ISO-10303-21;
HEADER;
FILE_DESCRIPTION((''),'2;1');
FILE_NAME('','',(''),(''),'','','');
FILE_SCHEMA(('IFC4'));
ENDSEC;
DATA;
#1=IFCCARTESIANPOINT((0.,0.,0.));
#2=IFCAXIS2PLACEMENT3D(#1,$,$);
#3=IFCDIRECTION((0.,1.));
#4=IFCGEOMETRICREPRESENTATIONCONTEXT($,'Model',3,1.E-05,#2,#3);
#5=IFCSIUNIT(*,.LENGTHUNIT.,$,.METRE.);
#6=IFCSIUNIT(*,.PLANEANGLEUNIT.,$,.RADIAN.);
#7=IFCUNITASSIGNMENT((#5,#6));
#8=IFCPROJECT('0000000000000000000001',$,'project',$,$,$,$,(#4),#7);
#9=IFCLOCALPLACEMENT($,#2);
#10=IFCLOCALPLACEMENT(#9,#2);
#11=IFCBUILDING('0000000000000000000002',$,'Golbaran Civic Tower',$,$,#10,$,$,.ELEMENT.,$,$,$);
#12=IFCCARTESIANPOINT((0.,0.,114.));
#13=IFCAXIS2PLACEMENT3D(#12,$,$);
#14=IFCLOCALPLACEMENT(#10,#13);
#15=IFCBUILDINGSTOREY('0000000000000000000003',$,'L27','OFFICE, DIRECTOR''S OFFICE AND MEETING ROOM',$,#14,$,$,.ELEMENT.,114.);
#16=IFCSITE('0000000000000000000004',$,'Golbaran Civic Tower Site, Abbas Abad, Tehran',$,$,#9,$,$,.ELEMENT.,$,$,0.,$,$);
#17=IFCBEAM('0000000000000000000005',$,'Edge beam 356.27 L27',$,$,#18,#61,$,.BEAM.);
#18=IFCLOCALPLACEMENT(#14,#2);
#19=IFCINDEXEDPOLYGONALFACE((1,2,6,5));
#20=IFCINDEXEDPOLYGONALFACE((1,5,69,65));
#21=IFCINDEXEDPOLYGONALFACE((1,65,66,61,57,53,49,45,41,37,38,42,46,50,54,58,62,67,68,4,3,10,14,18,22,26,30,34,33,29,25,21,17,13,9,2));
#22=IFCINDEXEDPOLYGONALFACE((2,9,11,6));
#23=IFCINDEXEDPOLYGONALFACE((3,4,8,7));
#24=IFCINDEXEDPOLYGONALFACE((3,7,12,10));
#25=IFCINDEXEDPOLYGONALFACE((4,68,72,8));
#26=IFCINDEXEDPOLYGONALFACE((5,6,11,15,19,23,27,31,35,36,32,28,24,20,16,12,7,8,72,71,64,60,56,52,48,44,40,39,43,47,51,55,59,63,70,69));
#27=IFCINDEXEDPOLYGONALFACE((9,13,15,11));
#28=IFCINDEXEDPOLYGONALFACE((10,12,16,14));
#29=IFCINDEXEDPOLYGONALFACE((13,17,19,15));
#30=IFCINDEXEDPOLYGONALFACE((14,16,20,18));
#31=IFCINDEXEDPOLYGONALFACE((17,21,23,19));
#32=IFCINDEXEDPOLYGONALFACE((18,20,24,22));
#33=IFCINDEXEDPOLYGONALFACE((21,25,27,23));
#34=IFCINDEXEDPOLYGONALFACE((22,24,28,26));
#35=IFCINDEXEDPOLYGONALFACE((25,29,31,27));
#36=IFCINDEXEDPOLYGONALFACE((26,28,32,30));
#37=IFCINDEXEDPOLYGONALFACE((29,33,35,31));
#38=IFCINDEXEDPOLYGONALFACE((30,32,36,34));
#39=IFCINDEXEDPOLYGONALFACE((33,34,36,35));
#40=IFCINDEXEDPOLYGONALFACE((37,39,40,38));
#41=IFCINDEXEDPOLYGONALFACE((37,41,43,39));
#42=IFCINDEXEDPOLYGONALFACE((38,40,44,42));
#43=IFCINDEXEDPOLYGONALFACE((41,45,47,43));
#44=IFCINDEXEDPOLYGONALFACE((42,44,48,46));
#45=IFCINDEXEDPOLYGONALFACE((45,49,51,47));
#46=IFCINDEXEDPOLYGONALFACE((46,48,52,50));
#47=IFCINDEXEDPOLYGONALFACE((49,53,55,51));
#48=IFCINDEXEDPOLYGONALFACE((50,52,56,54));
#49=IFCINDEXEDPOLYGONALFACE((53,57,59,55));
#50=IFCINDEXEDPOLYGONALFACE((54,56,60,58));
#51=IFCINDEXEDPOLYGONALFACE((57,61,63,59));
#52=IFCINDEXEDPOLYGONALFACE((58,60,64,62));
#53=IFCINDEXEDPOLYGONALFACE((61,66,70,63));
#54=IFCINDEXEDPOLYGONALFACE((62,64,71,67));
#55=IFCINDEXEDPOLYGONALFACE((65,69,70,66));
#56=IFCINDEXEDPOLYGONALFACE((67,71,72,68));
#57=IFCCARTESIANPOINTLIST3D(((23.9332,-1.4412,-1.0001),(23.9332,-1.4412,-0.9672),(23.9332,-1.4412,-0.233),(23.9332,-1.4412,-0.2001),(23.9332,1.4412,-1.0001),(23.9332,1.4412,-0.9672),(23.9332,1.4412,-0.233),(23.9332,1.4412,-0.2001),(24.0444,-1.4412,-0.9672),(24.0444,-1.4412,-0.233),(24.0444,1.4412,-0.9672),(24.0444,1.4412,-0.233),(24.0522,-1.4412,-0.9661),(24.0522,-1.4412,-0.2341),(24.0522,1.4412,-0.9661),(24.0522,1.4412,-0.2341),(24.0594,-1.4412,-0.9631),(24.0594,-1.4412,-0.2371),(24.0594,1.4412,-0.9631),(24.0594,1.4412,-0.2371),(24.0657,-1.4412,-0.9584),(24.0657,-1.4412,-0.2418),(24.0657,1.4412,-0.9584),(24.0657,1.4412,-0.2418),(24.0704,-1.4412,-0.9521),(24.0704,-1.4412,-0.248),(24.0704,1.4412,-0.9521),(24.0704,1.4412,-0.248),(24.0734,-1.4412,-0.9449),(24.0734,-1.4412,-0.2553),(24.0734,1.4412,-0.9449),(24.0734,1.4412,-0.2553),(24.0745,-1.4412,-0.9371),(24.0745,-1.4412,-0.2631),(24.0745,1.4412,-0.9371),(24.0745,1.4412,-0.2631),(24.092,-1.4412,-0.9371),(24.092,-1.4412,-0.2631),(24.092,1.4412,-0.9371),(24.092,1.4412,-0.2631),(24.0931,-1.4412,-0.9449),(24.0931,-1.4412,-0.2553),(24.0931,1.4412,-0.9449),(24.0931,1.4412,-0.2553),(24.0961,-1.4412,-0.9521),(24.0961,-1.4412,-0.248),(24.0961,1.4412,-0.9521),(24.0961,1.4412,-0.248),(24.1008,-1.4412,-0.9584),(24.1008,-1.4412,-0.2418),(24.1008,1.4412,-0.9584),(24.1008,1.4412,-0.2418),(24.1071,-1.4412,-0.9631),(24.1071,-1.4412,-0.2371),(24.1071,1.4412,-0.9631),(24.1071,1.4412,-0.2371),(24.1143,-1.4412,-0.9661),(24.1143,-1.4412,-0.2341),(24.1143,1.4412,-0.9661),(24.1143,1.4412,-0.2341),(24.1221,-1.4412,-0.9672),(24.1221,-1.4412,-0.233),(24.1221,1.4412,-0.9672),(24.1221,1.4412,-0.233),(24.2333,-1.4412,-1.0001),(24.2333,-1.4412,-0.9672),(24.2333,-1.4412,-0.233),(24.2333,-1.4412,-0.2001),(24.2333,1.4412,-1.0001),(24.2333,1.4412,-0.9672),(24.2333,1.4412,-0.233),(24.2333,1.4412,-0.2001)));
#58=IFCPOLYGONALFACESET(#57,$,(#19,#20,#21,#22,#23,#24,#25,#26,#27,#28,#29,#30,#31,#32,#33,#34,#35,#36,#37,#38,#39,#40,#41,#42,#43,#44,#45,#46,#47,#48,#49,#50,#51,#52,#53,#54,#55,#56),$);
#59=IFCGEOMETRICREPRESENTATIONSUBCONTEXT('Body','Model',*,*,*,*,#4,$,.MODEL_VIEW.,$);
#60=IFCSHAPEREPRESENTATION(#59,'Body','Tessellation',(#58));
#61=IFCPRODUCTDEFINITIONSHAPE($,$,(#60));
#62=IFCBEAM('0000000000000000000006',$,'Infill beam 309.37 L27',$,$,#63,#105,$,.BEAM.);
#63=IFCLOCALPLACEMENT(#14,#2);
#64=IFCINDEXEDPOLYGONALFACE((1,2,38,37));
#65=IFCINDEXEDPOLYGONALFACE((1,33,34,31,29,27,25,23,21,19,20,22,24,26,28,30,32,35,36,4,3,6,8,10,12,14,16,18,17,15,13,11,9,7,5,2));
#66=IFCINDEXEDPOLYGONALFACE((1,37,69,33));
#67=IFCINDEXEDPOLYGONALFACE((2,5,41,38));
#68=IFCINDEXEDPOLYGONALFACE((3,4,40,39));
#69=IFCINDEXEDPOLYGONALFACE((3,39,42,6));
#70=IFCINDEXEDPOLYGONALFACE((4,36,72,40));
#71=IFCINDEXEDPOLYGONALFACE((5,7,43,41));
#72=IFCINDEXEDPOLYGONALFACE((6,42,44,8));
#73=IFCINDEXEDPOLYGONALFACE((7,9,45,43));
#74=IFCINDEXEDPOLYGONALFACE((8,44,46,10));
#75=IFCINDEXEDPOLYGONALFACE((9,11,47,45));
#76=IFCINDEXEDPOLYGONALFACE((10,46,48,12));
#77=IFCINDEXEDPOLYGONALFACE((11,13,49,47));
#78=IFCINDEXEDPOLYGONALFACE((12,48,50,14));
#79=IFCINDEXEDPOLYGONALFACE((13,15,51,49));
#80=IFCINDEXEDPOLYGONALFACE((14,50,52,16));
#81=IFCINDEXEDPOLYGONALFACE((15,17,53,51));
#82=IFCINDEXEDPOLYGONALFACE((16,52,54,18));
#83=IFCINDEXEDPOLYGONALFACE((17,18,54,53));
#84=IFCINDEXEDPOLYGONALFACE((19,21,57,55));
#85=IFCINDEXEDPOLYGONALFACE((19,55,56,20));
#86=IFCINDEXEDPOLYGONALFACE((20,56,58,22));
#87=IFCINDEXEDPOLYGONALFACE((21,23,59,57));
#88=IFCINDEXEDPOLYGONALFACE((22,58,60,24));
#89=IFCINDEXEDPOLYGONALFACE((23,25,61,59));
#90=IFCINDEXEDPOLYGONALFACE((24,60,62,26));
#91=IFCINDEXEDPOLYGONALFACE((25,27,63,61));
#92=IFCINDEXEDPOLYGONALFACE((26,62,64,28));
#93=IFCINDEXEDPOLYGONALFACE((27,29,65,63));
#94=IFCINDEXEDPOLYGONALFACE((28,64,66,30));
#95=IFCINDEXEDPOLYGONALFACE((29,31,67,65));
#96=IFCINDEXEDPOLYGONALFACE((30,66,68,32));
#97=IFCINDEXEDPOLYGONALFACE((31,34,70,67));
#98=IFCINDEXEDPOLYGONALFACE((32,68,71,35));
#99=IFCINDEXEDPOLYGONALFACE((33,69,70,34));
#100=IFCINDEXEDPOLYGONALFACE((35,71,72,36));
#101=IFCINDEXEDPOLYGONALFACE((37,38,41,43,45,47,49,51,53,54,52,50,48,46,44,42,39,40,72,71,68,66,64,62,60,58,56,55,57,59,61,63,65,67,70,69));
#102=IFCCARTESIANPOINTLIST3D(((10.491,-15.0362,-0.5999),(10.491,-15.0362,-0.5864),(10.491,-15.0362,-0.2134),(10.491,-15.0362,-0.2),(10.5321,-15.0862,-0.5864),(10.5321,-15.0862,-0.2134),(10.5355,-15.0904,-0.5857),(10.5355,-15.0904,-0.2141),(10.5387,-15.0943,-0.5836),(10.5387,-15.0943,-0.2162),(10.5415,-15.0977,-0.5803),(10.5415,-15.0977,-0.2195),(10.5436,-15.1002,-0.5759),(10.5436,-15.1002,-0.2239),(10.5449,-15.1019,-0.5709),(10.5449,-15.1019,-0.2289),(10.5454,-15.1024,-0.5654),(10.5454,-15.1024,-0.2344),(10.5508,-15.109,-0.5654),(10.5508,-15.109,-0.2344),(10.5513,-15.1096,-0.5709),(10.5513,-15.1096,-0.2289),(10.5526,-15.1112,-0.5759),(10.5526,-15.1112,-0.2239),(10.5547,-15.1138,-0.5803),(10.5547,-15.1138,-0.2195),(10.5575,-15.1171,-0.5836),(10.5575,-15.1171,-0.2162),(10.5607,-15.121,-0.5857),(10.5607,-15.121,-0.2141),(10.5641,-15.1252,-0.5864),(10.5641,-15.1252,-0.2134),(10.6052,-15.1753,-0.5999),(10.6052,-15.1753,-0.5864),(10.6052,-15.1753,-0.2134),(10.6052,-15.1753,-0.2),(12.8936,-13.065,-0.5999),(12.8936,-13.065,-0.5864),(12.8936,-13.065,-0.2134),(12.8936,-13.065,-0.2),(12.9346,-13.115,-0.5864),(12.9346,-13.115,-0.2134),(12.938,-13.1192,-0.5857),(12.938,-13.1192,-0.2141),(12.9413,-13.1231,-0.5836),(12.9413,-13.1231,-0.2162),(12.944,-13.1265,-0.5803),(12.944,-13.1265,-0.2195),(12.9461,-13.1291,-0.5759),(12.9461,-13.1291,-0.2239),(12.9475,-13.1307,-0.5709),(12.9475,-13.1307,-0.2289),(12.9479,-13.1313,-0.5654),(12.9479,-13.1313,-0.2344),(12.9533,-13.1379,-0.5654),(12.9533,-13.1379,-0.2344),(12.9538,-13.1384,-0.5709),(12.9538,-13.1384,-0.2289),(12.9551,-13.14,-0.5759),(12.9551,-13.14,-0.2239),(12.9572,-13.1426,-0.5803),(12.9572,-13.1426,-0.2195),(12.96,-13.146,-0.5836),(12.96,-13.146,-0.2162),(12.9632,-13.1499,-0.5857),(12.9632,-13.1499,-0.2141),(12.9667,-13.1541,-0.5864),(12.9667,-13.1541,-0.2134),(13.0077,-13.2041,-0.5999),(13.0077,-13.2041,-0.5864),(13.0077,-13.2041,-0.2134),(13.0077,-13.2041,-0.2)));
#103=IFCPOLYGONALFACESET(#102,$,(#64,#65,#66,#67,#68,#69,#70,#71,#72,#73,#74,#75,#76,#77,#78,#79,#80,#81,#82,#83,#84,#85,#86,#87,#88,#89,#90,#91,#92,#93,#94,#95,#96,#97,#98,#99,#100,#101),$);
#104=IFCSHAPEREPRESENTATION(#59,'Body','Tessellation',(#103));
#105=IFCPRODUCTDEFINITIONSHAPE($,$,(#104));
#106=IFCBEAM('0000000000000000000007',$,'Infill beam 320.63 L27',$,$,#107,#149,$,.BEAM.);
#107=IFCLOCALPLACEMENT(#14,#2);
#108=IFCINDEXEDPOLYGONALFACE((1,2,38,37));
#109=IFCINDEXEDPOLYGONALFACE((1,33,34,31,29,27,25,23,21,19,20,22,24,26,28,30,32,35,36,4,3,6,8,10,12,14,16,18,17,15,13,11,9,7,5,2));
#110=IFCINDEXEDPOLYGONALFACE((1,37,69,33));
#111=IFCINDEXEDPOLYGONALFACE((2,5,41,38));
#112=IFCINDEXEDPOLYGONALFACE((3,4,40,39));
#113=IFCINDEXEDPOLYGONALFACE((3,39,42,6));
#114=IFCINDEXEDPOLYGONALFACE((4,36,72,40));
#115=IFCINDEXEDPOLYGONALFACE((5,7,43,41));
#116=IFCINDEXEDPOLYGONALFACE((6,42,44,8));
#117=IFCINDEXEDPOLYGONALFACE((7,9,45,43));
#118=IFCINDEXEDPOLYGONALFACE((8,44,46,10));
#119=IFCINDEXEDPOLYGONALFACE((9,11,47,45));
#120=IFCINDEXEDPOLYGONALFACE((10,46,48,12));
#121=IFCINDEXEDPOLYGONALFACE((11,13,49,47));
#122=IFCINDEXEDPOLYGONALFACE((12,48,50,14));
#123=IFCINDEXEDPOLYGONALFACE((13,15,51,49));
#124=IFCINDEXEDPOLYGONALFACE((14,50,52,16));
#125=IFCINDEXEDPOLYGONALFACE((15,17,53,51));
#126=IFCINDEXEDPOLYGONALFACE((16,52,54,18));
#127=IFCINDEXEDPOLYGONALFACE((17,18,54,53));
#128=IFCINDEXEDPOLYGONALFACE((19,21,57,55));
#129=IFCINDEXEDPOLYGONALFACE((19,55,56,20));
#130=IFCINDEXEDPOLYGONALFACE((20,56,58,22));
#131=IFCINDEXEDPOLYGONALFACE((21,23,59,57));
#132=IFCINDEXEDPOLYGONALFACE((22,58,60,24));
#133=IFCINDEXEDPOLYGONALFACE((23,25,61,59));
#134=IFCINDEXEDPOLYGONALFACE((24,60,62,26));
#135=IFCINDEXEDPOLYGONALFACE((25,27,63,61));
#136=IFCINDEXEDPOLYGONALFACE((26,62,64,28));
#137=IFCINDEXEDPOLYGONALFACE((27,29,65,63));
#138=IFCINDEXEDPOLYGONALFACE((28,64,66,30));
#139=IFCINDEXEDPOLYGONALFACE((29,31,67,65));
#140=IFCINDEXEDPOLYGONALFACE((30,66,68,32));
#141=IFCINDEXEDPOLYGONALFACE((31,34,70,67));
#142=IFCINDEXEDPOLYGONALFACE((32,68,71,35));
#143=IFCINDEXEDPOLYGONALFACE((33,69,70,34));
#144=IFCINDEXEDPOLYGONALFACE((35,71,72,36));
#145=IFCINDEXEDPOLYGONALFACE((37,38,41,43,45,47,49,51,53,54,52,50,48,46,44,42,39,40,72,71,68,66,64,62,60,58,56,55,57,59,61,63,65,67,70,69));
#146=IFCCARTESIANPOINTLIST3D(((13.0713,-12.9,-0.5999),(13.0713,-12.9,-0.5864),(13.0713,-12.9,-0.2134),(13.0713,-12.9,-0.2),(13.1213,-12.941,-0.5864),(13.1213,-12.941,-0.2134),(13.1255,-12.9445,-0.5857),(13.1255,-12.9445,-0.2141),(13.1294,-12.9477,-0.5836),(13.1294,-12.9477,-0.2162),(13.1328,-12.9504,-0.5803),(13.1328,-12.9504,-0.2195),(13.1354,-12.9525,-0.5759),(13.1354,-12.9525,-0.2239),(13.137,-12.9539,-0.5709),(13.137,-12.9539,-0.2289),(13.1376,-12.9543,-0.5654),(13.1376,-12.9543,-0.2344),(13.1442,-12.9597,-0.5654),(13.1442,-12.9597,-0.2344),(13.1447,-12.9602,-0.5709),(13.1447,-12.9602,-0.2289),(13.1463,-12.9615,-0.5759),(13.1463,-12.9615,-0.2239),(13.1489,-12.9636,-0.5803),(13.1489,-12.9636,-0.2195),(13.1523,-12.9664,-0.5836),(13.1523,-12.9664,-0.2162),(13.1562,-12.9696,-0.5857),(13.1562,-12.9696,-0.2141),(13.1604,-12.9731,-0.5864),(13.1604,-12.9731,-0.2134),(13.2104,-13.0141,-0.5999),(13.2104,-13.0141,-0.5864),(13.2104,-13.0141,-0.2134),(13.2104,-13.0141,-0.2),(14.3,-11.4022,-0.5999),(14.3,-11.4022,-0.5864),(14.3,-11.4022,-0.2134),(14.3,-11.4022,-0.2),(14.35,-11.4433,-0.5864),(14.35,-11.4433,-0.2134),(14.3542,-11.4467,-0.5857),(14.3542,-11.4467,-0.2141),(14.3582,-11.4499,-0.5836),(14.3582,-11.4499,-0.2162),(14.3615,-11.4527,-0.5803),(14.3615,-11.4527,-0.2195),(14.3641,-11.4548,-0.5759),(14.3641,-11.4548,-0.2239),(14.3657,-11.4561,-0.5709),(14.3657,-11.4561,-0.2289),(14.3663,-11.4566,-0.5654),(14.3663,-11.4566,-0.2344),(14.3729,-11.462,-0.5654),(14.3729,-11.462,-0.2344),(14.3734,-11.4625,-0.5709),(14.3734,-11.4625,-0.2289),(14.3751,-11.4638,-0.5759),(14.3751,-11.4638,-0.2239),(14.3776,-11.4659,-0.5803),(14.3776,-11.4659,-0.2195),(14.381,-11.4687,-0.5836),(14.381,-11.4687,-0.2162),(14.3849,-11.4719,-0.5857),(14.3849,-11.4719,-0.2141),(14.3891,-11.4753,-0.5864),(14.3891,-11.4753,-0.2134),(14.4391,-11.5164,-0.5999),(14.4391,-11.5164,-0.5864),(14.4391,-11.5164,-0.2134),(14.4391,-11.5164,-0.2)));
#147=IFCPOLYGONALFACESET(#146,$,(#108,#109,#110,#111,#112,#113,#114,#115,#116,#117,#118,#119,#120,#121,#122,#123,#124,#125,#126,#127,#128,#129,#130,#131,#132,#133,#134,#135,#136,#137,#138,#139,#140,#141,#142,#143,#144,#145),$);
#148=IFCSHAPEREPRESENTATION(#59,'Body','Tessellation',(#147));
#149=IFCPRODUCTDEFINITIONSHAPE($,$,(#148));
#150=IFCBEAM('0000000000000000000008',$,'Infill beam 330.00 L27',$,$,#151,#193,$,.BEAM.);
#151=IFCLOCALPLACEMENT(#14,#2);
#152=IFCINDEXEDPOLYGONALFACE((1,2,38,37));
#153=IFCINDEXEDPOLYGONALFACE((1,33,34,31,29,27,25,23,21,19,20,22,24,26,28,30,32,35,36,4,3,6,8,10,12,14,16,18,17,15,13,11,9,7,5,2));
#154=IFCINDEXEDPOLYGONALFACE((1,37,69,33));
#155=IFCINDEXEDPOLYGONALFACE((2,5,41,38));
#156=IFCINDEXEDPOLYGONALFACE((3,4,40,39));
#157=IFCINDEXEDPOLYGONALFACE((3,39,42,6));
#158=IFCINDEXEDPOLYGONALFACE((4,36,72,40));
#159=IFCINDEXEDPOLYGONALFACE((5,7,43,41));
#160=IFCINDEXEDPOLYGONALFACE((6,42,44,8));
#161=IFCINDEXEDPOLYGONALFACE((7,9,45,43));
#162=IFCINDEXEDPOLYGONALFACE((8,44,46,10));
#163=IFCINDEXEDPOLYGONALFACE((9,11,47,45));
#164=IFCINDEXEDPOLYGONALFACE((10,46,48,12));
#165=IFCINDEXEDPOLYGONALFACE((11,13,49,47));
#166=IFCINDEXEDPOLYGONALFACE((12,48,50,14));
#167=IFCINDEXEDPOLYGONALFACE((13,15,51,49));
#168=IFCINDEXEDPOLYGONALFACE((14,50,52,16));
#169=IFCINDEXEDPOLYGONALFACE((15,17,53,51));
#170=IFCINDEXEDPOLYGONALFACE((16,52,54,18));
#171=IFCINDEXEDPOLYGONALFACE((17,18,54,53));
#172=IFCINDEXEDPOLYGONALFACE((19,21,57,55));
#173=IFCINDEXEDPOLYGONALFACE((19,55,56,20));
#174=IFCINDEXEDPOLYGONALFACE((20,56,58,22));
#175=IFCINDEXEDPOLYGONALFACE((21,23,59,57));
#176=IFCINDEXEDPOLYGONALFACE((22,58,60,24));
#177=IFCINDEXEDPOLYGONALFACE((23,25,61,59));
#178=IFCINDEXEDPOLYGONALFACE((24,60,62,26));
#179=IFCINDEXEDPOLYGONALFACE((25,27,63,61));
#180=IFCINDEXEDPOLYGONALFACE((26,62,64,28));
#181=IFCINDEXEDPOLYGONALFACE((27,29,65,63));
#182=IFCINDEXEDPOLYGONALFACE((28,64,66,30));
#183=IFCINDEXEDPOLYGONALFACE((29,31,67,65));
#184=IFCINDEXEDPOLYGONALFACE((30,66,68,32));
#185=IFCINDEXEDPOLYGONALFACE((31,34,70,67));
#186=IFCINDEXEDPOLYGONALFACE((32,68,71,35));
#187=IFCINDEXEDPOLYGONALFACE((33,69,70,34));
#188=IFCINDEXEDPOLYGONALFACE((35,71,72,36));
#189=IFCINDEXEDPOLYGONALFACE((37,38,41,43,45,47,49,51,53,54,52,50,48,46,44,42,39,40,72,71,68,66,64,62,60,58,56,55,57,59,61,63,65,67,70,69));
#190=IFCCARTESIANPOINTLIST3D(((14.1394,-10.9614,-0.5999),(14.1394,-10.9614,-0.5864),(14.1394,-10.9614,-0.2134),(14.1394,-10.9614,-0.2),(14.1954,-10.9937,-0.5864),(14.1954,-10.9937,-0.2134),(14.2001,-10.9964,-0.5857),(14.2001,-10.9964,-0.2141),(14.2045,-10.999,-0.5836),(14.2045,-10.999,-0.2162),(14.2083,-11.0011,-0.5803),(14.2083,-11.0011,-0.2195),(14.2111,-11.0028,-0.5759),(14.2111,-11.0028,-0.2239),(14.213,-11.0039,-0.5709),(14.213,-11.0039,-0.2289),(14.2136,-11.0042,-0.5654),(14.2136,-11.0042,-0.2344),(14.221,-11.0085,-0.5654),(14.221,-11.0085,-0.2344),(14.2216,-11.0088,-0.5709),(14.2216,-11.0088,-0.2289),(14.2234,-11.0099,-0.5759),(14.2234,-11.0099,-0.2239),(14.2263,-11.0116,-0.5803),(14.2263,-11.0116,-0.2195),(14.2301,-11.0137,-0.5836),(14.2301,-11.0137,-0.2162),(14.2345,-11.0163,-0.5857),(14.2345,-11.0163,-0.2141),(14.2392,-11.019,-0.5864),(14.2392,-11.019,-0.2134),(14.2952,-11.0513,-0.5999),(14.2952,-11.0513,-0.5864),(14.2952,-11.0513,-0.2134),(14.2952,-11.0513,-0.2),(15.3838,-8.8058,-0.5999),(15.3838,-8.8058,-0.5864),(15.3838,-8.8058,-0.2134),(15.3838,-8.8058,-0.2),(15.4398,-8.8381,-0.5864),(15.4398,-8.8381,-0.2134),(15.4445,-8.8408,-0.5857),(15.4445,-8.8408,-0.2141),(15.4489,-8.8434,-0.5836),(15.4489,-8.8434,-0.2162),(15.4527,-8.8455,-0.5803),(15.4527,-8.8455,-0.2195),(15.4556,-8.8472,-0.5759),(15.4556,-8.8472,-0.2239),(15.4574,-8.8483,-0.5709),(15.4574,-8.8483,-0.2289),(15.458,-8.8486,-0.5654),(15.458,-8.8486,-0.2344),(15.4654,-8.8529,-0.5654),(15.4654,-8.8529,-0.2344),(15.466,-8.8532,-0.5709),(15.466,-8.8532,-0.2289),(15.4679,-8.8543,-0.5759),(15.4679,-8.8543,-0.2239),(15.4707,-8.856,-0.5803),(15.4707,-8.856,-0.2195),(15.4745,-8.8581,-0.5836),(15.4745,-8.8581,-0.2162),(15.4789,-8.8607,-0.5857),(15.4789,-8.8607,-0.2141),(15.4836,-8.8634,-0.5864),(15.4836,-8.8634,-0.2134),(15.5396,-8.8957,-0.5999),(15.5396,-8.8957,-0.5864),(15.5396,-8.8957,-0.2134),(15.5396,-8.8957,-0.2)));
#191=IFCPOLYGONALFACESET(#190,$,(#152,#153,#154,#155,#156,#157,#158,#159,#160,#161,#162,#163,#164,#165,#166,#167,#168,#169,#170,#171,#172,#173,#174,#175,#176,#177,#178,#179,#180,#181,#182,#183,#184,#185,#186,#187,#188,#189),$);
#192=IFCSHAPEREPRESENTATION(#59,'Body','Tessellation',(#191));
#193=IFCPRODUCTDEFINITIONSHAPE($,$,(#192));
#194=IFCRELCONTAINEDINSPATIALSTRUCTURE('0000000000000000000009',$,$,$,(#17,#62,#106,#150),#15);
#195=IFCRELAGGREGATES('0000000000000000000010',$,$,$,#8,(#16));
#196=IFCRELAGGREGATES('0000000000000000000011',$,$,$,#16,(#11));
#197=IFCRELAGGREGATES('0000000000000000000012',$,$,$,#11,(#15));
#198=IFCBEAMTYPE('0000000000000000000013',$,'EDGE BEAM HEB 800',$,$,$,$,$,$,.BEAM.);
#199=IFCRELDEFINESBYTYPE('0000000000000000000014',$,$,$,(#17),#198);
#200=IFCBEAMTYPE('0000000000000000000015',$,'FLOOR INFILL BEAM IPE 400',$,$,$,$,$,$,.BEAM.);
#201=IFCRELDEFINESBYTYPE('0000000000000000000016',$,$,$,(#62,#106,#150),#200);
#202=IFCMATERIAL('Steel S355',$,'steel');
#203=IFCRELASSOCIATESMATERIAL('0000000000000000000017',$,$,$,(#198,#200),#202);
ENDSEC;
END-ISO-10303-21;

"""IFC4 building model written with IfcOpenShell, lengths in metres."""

from ifc_helpers import new_model, si_unit, direction, frame, origin, origin_2d, place, context, subcontext, project, spatial, i_section, extrude, material, material_profile, profile_set, type_object, element, save


model = new_model("IFC4")

# Units and contexts
model_context = context("Model", 3, precision=1e-05, world=origin(), true_north=direction((0.0, 1.0)))
body_context = subcontext(model_context, "Body", "Model", "MODEL_VIEW")
ifc_project = project(units=[si_unit("LENGTHUNIT", "METRE"), si_unit("PLANEANGLEUNIT", "RADIAN")], contexts=[model_context])

# Site, building, storey
site_placement = place(None, origin())
site = spatial("IfcSite", under=ifc_project, at=site_placement, Name="Golbaran Civic Tower Site, Abbas Abad, Tehran", CompositionType="ELEMENT", RefElevation=0.0)
building_placement = place(site_placement, origin())
building = spatial("IfcBuilding", under=site, at=building_placement, Name="Golbaran Civic Tower", CompositionType="ELEMENT")
storey_placement = place(building_placement, frame((0.0, 0.0, 114.0)))
storey = spatial("IfcBuildingStorey", under=building, at=storey_placement, Name="L27", Description="OFFICE, DIRECTOR'S OFFICE AND MEETING ROOM", CompositionType="ELEMENT", Elevation=114.0)

# Beams
ifc_material_1 = material(Name="Steel S355", Category="steel")
ifc_material_profile_1 = material_profile(ifc_material_1, i_section(OverallWidth=0.3, OverallDepth=0.8, WebThickness=0.0176, FlangeThickness=0.033, FilletRadius=0.03, at=origin_2d()), Name="HEB 800")
ifc_profile_set_1 = profile_set([ifc_material_profile_1], Name="Steel S355")
beam_type_1 = type_object("IfcBeamType", Name="EDGE BEAM HEB 800", PredefinedType="BEAM", material=ifc_profile_set_1)
beam_1_placement = place(storey_placement, frame((24.0833, -1.4412, -0.6001), z_axis=(0.0, 1.0, 0.0), x_axis=(-1.0, 0.0, 0.0)))
element("IfcBeam", 1, at=beam_1_placement, inside=storey, type_object=beam_type_1, Name="Edge beam 356.27 L27", PredefinedType="BEAM", context=body_context, shape_type="SweptSolid", body=[
    extrude(i_section(OverallWidth=0.3, OverallDepth=0.8, WebThickness=0.0176, FlangeThickness=0.033, FilletRadius=0.03, at=origin_2d()), origin(), (0.0, 0.0, 1.0), 2.8823),
])
ifc_material_profile_2 = material_profile(ifc_material_1, i_section(OverallWidth=0.1799, OverallDepth=0.3999, WebThickness=0.0085, FlangeThickness=0.0134, FilletRadius=0.021, at=origin_2d()), Name="IPE 400")
ifc_profile_set_2 = profile_set([ifc_material_profile_2], Name="Steel S355")
beam_type_2 = type_object("IfcBeamType", Name="FLOOR INFILL BEAM IPE 400", PredefinedType="BEAM", material=ifc_profile_set_2)
beam_2_placement = place(storey_placement, frame((10.5481, -15.1057, -0.3999), z_axis=(0.773099, 0.634285, 0.0), x_axis=(-0.634285, 0.773099, 0.0)))
element("IfcBeam", 2, at=beam_2_placement, inside=storey, type_object=beam_type_2, Name="Infill beam 309.37 L27", PredefinedType="BEAM", context=body_context, shape_type="SweptSolid", body=[
    extrude(i_section(OverallWidth=0.1799, OverallDepth=0.3999, WebThickness=0.0085, FlangeThickness=0.0134, FilletRadius=0.021, at=origin_2d()), origin(), (0.0, 0.0, 1.0), 3.1077),
])
beam_3_placement = place(storey_placement, frame((13.1409, -12.957, -0.3999), z_axis=(0.634253, 0.773126, 0.0), x_axis=(-0.773126, 0.634253, 0.0)))
element("IfcBeam", 3, at=beam_3_placement, inside=storey, type_object=beam_type_2, Name="Infill beam 320.63 L27", PredefinedType="BEAM", context=body_context, shape_type="SweptSolid", body=[
    extrude(i_section(OverallWidth=0.1799, OverallDepth=0.3999, WebThickness=0.0085, FlangeThickness=0.0134, FilletRadius=0.021, at=origin_2d()), origin(), (0.0, 0.0, 1.0), 1.9373),
])
beam_4_placement = place(storey_placement, frame((14.2173, -11.0063, -0.3999), z_axis=(0.499969, 0.866043, 0.0), x_axis=(-0.866043, 0.499969, 0.0)))
element("IfcBeam", 4, at=beam_4_placement, inside=storey, type_object=beam_type_2, Name="Infill beam 330.00 L27", PredefinedType="BEAM", context=body_context, shape_type="SweptSolid", body=[
    extrude(i_section(OverallWidth=0.1799, OverallDepth=0.3999, WebThickness=0.0085, FlangeThickness=0.0134, FilletRadius=0.021, at=origin_2d()), origin(), (0.0, 0.0, 1.0), 2.489),
])

save(model, "model.ifc")
